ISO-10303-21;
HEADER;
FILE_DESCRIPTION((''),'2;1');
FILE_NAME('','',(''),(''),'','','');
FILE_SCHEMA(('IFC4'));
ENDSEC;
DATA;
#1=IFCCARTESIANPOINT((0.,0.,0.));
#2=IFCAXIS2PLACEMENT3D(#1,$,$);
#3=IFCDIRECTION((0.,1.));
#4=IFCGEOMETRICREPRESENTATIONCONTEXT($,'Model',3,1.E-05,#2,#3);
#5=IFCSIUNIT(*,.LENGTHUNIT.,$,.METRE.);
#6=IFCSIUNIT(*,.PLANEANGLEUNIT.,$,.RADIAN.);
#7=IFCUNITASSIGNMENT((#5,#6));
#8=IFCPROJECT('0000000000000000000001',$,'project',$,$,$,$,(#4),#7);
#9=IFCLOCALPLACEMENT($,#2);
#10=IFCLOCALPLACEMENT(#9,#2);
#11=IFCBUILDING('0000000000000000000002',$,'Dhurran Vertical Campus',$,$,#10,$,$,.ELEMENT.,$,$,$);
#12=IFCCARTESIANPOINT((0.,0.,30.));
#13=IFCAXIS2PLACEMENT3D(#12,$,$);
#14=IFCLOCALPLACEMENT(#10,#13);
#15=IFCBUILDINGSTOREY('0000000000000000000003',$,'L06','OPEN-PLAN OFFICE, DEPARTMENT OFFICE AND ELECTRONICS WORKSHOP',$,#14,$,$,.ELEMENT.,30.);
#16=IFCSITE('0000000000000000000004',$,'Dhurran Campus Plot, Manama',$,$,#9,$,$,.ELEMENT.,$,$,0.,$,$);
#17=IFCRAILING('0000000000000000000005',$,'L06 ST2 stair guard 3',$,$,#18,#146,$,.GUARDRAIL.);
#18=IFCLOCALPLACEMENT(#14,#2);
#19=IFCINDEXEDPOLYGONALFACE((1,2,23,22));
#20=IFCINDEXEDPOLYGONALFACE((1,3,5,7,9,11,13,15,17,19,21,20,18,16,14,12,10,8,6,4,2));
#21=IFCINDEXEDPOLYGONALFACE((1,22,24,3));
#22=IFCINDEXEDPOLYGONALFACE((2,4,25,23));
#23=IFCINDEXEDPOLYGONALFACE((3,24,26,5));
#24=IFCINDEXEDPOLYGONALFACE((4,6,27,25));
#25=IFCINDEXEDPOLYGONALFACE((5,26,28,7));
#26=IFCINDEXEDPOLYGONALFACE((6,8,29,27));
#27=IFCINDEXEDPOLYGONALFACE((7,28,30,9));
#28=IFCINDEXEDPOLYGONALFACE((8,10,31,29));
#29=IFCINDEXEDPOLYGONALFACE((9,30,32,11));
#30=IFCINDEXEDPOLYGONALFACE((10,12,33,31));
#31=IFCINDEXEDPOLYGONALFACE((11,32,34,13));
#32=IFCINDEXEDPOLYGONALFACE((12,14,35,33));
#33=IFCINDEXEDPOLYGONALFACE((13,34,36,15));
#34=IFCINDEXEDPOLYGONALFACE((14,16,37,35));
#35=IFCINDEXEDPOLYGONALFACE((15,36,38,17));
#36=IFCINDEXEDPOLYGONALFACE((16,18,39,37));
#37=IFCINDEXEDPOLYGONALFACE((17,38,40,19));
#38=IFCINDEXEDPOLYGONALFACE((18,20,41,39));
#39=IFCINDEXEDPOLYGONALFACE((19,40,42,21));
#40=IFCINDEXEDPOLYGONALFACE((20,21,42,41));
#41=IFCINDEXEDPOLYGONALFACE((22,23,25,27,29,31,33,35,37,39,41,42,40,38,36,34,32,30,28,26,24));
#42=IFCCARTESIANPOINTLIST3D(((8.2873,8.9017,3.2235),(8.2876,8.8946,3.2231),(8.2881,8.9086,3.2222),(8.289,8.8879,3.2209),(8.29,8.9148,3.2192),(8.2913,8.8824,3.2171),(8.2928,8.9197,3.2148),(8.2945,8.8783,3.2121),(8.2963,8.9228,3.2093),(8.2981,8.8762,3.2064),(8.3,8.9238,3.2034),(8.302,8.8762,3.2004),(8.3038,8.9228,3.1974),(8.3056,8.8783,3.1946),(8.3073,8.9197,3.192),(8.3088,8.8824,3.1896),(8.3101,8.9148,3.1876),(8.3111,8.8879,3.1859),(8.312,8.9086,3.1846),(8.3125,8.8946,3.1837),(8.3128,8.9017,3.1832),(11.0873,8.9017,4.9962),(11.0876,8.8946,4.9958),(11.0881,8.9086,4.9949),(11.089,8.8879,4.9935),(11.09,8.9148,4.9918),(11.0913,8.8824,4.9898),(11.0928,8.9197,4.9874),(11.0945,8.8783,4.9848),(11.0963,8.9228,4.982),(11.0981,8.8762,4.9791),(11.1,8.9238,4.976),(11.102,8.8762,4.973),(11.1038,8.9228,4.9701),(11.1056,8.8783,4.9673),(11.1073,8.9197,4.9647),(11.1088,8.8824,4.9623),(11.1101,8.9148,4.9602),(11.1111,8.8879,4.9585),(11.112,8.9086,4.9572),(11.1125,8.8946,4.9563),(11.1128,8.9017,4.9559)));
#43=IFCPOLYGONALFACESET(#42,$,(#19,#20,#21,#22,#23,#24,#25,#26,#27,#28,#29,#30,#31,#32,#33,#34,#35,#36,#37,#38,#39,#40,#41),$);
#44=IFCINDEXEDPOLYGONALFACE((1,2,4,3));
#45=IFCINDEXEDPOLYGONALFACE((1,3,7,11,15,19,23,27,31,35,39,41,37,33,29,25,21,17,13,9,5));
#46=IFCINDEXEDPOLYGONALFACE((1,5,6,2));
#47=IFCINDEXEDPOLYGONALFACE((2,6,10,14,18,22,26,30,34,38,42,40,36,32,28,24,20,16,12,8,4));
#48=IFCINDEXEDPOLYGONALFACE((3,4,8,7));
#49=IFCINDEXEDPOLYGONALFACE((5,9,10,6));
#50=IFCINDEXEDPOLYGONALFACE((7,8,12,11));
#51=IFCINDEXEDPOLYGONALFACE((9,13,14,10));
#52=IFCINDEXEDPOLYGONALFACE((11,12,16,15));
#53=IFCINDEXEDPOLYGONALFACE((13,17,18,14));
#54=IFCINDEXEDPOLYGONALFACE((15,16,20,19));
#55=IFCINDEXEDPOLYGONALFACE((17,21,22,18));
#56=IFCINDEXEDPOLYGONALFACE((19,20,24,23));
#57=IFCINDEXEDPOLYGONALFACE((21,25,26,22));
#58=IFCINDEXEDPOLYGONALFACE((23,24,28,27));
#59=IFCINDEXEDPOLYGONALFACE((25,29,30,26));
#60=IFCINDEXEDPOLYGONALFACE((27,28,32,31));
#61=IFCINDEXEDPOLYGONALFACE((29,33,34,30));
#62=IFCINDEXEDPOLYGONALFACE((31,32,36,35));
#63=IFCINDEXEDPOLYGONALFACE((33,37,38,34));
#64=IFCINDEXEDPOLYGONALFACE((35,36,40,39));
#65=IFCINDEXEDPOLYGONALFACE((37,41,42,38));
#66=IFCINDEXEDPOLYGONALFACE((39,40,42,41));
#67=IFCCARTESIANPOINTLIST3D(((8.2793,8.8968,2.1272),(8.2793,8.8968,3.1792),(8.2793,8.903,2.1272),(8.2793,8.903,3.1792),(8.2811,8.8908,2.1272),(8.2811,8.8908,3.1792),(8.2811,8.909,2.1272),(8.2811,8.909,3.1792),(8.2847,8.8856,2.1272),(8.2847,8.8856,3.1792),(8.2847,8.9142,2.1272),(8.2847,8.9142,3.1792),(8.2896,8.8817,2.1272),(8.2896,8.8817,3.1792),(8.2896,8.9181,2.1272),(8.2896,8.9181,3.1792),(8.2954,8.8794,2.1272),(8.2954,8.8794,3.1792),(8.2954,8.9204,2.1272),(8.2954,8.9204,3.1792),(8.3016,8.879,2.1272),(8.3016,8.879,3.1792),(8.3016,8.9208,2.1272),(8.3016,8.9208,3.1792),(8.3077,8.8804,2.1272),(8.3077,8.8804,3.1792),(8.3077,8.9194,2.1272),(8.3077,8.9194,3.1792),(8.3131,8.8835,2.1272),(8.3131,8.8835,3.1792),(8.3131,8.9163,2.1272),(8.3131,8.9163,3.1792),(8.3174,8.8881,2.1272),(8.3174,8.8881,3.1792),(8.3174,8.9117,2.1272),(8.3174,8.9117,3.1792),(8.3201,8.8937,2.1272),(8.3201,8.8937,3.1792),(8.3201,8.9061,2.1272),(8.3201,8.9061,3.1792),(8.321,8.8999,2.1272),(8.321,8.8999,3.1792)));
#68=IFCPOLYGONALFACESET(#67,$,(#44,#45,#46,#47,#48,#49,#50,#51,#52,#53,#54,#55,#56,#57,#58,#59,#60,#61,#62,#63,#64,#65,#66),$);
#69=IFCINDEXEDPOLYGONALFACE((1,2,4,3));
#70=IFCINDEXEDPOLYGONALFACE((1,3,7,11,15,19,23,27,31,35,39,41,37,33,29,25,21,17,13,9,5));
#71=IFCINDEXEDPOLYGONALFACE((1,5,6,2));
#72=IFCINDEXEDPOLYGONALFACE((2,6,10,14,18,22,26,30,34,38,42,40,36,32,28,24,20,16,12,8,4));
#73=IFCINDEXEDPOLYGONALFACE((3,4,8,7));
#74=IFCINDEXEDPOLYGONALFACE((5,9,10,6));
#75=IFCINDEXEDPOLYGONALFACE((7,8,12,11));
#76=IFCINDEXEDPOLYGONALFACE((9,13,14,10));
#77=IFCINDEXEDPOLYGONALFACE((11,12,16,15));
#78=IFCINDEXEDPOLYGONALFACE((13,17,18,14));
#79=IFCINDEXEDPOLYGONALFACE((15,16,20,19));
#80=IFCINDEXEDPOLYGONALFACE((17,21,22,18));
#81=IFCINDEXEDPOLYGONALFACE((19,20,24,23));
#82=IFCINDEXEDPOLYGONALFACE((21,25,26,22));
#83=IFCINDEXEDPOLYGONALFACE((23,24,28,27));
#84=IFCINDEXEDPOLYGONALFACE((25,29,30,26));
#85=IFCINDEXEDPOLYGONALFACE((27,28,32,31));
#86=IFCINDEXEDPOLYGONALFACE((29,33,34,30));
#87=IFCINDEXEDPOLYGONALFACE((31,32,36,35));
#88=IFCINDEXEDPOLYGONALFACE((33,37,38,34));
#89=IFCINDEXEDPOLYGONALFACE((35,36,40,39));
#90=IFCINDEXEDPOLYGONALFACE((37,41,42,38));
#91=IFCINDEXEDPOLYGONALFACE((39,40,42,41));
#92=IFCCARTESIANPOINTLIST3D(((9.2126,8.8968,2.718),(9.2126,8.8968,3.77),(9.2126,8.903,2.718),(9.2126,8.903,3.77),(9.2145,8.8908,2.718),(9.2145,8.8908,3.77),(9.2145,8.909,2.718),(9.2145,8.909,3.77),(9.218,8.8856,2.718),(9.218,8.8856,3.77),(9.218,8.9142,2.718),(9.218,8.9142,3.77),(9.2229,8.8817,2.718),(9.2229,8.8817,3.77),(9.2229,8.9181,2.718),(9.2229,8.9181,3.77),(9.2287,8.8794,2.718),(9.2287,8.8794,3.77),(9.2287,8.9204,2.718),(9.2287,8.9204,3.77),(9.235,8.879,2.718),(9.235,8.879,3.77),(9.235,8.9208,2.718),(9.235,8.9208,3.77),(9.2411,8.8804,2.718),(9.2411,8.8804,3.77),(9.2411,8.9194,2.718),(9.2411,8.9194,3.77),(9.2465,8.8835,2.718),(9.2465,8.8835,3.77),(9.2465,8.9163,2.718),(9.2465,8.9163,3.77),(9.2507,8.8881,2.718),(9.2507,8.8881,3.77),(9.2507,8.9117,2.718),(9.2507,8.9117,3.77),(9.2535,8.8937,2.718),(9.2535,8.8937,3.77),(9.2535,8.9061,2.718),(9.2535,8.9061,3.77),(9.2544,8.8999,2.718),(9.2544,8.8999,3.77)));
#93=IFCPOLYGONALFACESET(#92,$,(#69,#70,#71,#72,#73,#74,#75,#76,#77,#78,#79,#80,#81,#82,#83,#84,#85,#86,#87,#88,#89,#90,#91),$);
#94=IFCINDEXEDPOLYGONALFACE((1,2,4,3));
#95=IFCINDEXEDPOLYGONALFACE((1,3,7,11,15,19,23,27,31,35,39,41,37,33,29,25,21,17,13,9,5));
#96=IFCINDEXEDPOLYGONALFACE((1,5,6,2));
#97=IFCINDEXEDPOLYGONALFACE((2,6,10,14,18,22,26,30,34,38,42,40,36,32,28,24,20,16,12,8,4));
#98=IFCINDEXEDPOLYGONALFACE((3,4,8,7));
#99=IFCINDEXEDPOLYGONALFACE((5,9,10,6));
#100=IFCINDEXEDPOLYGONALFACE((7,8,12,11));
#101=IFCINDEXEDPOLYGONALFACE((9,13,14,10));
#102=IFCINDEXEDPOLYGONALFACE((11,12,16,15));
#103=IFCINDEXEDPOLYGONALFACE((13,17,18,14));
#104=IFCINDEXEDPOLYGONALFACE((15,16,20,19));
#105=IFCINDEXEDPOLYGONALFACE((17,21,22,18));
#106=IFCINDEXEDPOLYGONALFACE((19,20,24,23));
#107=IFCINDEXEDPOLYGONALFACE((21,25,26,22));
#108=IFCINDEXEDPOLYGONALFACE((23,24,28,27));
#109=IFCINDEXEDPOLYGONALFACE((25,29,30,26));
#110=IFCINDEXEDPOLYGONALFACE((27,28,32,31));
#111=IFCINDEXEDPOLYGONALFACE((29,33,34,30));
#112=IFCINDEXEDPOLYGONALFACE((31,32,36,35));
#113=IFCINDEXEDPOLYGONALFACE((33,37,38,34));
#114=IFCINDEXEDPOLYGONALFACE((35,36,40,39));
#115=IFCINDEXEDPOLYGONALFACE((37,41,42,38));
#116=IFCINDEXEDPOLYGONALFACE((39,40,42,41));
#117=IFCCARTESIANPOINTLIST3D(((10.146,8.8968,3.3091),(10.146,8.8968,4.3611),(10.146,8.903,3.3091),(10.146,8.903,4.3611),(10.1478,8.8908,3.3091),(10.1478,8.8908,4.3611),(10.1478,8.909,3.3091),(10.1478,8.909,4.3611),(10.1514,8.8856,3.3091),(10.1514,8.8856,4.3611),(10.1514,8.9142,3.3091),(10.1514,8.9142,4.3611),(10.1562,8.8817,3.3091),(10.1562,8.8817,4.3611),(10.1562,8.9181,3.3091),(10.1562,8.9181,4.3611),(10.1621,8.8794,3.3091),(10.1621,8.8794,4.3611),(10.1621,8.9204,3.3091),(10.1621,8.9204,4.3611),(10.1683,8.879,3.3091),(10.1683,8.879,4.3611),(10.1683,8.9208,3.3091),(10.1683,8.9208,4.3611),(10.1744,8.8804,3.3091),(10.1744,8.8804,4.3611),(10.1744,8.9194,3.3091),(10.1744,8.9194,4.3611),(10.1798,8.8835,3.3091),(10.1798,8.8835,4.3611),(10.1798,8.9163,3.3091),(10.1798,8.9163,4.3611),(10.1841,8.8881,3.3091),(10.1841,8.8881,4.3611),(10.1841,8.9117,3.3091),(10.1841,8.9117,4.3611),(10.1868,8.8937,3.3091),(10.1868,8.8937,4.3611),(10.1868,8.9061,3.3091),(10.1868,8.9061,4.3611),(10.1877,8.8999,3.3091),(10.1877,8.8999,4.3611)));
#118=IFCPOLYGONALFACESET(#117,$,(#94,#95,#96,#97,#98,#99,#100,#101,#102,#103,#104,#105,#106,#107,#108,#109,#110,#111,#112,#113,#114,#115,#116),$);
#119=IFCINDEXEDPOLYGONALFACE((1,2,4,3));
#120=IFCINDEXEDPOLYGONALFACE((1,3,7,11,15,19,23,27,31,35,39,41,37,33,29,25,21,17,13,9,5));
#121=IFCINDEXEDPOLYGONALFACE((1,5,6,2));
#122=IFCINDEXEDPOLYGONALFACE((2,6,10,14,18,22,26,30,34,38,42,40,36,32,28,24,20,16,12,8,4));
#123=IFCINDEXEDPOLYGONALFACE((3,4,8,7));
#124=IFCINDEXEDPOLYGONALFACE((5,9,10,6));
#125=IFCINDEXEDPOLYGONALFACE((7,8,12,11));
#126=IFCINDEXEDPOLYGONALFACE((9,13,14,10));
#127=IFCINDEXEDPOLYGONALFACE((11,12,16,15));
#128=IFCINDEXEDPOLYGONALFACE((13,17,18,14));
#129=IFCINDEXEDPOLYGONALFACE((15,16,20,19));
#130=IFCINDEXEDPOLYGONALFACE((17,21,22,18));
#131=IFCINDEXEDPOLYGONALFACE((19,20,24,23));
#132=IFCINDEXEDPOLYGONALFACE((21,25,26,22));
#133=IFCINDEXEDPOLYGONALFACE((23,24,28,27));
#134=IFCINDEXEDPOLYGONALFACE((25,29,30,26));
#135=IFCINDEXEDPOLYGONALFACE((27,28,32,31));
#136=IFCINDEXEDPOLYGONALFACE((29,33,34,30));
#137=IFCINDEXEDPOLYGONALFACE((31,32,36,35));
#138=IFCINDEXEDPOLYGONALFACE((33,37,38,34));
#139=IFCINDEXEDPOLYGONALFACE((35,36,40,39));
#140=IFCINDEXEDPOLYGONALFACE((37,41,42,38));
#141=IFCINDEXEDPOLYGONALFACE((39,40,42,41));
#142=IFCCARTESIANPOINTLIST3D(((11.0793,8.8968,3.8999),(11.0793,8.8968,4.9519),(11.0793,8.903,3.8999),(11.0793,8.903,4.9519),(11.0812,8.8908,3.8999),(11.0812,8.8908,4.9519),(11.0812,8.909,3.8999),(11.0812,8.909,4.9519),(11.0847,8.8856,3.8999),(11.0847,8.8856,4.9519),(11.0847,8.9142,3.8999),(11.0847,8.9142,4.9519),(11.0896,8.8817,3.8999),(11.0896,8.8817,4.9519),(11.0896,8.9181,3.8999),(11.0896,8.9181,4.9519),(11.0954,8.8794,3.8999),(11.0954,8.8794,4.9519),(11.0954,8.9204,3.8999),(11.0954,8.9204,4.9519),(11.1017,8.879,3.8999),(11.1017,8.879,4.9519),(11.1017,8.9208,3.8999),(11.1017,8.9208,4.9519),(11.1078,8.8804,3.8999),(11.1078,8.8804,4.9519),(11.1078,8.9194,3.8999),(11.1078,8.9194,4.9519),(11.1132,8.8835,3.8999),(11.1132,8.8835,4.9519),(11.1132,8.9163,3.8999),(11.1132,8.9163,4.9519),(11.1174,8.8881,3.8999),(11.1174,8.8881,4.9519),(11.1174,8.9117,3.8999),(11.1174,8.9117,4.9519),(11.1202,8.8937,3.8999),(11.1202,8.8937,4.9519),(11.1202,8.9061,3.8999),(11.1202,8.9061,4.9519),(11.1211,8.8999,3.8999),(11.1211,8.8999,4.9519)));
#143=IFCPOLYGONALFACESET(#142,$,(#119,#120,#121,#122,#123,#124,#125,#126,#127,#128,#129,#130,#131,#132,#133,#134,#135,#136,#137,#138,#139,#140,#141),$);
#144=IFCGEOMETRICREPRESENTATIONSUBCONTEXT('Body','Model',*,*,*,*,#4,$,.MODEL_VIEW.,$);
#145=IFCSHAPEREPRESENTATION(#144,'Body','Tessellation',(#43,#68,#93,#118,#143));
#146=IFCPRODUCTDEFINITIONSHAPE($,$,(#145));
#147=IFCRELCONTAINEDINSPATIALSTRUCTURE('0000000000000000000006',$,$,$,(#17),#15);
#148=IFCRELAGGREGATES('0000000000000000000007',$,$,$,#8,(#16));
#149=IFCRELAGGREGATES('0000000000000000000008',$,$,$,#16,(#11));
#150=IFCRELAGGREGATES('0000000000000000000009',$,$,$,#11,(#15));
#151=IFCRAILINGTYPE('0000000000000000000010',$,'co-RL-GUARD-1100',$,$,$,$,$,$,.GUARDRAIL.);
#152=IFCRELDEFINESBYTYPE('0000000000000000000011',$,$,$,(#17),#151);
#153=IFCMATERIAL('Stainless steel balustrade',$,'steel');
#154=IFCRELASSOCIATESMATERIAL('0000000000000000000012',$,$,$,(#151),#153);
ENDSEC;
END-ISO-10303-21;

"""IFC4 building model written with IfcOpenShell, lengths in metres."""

from ifc_helpers import new_model, si_unit, direction, frame, origin, origin_2d, place, context, subcontext, project, spatial, circle, extrude, material, type_object, element, save


model = new_model("IFC4")

# Units and contexts
model_context = context("Model", 3, precision=1e-05, world=origin(), true_north=direction((0.0, 1.0)))
body_context = subcontext(model_context, "Body", "Model", "MODEL_VIEW")
ifc_project = project(units=[si_unit("LENGTHUNIT", "METRE"), si_unit("PLANEANGLEUNIT", "RADIAN")], contexts=[model_context])

# Site, building, storey
site_placement = place(None, origin())
site = spatial("IfcSite", under=ifc_project, at=site_placement, Name="Dhurran Campus Plot, Manama", CompositionType="ELEMENT", RefElevation=0.0)
building_placement = place(site_placement, origin())
building = spatial("IfcBuilding", under=site, at=building_placement, Name="Dhurran Vertical Campus", CompositionType="ELEMENT")
storey_placement = place(building_placement, frame((0.0, 0.0, 30.0)))
storey = spatial("IfcBuildingStorey", under=building, at=storey_placement, Name="L06", Description="OPEN-PLAN OFFICE, DEPARTMENT OFFICE AND ELECTRONICS WORKSHOP", CompositionType="ELEMENT", Elevation=30.0)

# Railing
ifc_material_1 = material(Name="Stainless steel balustrade", Category="steel")
railing_type_1 = type_object("IfcRailingType", Name="co-RL-GUARD-1100", PredefinedType="GUARDRAIL", material=ifc_material_1)
railing_1_placement = place(storey_placement, frame((8.3, 8.8999, 2.1272)))
element("IfcRailing", 1, at=railing_1_placement, inside=storey, type_object=railing_type_1, Name="L06 ST2 stair guard 3", PredefinedType="GUARDRAIL", context=body_context, shape_type="SweptSolid", body=[
    extrude(circle(Radius=0.0239, at=origin_2d()), frame((0.0, 0.0, 1.0762), z_axis=(0.844909, 0.0, 0.53491), x_axis=(0.0, 1.0, 0.0)), (0.0, 0.0, 1.0), 3.314),
    extrude(circle(Radius=0.021, at=origin_2d()), origin(), (0.0, 0.0, 1.0), 1.052),
    extrude(circle(Radius=0.021, at=origin_2d()), frame((0.9333, 0.0, 0.5908)), (0.0, 0.0, 1.0), 1.052),
    extrude(circle(Radius=0.021, at=origin_2d()), frame((1.8667, 0.0, 1.1819)), (0.0, 0.0, 1.0), 1.052),
    extrude(circle(Radius=0.021, at=origin_2d()), frame((2.8, 0.0, 1.7727)), (0.0, 0.0, 1.0), 1.052),
])

save(model, "model.ifc")
